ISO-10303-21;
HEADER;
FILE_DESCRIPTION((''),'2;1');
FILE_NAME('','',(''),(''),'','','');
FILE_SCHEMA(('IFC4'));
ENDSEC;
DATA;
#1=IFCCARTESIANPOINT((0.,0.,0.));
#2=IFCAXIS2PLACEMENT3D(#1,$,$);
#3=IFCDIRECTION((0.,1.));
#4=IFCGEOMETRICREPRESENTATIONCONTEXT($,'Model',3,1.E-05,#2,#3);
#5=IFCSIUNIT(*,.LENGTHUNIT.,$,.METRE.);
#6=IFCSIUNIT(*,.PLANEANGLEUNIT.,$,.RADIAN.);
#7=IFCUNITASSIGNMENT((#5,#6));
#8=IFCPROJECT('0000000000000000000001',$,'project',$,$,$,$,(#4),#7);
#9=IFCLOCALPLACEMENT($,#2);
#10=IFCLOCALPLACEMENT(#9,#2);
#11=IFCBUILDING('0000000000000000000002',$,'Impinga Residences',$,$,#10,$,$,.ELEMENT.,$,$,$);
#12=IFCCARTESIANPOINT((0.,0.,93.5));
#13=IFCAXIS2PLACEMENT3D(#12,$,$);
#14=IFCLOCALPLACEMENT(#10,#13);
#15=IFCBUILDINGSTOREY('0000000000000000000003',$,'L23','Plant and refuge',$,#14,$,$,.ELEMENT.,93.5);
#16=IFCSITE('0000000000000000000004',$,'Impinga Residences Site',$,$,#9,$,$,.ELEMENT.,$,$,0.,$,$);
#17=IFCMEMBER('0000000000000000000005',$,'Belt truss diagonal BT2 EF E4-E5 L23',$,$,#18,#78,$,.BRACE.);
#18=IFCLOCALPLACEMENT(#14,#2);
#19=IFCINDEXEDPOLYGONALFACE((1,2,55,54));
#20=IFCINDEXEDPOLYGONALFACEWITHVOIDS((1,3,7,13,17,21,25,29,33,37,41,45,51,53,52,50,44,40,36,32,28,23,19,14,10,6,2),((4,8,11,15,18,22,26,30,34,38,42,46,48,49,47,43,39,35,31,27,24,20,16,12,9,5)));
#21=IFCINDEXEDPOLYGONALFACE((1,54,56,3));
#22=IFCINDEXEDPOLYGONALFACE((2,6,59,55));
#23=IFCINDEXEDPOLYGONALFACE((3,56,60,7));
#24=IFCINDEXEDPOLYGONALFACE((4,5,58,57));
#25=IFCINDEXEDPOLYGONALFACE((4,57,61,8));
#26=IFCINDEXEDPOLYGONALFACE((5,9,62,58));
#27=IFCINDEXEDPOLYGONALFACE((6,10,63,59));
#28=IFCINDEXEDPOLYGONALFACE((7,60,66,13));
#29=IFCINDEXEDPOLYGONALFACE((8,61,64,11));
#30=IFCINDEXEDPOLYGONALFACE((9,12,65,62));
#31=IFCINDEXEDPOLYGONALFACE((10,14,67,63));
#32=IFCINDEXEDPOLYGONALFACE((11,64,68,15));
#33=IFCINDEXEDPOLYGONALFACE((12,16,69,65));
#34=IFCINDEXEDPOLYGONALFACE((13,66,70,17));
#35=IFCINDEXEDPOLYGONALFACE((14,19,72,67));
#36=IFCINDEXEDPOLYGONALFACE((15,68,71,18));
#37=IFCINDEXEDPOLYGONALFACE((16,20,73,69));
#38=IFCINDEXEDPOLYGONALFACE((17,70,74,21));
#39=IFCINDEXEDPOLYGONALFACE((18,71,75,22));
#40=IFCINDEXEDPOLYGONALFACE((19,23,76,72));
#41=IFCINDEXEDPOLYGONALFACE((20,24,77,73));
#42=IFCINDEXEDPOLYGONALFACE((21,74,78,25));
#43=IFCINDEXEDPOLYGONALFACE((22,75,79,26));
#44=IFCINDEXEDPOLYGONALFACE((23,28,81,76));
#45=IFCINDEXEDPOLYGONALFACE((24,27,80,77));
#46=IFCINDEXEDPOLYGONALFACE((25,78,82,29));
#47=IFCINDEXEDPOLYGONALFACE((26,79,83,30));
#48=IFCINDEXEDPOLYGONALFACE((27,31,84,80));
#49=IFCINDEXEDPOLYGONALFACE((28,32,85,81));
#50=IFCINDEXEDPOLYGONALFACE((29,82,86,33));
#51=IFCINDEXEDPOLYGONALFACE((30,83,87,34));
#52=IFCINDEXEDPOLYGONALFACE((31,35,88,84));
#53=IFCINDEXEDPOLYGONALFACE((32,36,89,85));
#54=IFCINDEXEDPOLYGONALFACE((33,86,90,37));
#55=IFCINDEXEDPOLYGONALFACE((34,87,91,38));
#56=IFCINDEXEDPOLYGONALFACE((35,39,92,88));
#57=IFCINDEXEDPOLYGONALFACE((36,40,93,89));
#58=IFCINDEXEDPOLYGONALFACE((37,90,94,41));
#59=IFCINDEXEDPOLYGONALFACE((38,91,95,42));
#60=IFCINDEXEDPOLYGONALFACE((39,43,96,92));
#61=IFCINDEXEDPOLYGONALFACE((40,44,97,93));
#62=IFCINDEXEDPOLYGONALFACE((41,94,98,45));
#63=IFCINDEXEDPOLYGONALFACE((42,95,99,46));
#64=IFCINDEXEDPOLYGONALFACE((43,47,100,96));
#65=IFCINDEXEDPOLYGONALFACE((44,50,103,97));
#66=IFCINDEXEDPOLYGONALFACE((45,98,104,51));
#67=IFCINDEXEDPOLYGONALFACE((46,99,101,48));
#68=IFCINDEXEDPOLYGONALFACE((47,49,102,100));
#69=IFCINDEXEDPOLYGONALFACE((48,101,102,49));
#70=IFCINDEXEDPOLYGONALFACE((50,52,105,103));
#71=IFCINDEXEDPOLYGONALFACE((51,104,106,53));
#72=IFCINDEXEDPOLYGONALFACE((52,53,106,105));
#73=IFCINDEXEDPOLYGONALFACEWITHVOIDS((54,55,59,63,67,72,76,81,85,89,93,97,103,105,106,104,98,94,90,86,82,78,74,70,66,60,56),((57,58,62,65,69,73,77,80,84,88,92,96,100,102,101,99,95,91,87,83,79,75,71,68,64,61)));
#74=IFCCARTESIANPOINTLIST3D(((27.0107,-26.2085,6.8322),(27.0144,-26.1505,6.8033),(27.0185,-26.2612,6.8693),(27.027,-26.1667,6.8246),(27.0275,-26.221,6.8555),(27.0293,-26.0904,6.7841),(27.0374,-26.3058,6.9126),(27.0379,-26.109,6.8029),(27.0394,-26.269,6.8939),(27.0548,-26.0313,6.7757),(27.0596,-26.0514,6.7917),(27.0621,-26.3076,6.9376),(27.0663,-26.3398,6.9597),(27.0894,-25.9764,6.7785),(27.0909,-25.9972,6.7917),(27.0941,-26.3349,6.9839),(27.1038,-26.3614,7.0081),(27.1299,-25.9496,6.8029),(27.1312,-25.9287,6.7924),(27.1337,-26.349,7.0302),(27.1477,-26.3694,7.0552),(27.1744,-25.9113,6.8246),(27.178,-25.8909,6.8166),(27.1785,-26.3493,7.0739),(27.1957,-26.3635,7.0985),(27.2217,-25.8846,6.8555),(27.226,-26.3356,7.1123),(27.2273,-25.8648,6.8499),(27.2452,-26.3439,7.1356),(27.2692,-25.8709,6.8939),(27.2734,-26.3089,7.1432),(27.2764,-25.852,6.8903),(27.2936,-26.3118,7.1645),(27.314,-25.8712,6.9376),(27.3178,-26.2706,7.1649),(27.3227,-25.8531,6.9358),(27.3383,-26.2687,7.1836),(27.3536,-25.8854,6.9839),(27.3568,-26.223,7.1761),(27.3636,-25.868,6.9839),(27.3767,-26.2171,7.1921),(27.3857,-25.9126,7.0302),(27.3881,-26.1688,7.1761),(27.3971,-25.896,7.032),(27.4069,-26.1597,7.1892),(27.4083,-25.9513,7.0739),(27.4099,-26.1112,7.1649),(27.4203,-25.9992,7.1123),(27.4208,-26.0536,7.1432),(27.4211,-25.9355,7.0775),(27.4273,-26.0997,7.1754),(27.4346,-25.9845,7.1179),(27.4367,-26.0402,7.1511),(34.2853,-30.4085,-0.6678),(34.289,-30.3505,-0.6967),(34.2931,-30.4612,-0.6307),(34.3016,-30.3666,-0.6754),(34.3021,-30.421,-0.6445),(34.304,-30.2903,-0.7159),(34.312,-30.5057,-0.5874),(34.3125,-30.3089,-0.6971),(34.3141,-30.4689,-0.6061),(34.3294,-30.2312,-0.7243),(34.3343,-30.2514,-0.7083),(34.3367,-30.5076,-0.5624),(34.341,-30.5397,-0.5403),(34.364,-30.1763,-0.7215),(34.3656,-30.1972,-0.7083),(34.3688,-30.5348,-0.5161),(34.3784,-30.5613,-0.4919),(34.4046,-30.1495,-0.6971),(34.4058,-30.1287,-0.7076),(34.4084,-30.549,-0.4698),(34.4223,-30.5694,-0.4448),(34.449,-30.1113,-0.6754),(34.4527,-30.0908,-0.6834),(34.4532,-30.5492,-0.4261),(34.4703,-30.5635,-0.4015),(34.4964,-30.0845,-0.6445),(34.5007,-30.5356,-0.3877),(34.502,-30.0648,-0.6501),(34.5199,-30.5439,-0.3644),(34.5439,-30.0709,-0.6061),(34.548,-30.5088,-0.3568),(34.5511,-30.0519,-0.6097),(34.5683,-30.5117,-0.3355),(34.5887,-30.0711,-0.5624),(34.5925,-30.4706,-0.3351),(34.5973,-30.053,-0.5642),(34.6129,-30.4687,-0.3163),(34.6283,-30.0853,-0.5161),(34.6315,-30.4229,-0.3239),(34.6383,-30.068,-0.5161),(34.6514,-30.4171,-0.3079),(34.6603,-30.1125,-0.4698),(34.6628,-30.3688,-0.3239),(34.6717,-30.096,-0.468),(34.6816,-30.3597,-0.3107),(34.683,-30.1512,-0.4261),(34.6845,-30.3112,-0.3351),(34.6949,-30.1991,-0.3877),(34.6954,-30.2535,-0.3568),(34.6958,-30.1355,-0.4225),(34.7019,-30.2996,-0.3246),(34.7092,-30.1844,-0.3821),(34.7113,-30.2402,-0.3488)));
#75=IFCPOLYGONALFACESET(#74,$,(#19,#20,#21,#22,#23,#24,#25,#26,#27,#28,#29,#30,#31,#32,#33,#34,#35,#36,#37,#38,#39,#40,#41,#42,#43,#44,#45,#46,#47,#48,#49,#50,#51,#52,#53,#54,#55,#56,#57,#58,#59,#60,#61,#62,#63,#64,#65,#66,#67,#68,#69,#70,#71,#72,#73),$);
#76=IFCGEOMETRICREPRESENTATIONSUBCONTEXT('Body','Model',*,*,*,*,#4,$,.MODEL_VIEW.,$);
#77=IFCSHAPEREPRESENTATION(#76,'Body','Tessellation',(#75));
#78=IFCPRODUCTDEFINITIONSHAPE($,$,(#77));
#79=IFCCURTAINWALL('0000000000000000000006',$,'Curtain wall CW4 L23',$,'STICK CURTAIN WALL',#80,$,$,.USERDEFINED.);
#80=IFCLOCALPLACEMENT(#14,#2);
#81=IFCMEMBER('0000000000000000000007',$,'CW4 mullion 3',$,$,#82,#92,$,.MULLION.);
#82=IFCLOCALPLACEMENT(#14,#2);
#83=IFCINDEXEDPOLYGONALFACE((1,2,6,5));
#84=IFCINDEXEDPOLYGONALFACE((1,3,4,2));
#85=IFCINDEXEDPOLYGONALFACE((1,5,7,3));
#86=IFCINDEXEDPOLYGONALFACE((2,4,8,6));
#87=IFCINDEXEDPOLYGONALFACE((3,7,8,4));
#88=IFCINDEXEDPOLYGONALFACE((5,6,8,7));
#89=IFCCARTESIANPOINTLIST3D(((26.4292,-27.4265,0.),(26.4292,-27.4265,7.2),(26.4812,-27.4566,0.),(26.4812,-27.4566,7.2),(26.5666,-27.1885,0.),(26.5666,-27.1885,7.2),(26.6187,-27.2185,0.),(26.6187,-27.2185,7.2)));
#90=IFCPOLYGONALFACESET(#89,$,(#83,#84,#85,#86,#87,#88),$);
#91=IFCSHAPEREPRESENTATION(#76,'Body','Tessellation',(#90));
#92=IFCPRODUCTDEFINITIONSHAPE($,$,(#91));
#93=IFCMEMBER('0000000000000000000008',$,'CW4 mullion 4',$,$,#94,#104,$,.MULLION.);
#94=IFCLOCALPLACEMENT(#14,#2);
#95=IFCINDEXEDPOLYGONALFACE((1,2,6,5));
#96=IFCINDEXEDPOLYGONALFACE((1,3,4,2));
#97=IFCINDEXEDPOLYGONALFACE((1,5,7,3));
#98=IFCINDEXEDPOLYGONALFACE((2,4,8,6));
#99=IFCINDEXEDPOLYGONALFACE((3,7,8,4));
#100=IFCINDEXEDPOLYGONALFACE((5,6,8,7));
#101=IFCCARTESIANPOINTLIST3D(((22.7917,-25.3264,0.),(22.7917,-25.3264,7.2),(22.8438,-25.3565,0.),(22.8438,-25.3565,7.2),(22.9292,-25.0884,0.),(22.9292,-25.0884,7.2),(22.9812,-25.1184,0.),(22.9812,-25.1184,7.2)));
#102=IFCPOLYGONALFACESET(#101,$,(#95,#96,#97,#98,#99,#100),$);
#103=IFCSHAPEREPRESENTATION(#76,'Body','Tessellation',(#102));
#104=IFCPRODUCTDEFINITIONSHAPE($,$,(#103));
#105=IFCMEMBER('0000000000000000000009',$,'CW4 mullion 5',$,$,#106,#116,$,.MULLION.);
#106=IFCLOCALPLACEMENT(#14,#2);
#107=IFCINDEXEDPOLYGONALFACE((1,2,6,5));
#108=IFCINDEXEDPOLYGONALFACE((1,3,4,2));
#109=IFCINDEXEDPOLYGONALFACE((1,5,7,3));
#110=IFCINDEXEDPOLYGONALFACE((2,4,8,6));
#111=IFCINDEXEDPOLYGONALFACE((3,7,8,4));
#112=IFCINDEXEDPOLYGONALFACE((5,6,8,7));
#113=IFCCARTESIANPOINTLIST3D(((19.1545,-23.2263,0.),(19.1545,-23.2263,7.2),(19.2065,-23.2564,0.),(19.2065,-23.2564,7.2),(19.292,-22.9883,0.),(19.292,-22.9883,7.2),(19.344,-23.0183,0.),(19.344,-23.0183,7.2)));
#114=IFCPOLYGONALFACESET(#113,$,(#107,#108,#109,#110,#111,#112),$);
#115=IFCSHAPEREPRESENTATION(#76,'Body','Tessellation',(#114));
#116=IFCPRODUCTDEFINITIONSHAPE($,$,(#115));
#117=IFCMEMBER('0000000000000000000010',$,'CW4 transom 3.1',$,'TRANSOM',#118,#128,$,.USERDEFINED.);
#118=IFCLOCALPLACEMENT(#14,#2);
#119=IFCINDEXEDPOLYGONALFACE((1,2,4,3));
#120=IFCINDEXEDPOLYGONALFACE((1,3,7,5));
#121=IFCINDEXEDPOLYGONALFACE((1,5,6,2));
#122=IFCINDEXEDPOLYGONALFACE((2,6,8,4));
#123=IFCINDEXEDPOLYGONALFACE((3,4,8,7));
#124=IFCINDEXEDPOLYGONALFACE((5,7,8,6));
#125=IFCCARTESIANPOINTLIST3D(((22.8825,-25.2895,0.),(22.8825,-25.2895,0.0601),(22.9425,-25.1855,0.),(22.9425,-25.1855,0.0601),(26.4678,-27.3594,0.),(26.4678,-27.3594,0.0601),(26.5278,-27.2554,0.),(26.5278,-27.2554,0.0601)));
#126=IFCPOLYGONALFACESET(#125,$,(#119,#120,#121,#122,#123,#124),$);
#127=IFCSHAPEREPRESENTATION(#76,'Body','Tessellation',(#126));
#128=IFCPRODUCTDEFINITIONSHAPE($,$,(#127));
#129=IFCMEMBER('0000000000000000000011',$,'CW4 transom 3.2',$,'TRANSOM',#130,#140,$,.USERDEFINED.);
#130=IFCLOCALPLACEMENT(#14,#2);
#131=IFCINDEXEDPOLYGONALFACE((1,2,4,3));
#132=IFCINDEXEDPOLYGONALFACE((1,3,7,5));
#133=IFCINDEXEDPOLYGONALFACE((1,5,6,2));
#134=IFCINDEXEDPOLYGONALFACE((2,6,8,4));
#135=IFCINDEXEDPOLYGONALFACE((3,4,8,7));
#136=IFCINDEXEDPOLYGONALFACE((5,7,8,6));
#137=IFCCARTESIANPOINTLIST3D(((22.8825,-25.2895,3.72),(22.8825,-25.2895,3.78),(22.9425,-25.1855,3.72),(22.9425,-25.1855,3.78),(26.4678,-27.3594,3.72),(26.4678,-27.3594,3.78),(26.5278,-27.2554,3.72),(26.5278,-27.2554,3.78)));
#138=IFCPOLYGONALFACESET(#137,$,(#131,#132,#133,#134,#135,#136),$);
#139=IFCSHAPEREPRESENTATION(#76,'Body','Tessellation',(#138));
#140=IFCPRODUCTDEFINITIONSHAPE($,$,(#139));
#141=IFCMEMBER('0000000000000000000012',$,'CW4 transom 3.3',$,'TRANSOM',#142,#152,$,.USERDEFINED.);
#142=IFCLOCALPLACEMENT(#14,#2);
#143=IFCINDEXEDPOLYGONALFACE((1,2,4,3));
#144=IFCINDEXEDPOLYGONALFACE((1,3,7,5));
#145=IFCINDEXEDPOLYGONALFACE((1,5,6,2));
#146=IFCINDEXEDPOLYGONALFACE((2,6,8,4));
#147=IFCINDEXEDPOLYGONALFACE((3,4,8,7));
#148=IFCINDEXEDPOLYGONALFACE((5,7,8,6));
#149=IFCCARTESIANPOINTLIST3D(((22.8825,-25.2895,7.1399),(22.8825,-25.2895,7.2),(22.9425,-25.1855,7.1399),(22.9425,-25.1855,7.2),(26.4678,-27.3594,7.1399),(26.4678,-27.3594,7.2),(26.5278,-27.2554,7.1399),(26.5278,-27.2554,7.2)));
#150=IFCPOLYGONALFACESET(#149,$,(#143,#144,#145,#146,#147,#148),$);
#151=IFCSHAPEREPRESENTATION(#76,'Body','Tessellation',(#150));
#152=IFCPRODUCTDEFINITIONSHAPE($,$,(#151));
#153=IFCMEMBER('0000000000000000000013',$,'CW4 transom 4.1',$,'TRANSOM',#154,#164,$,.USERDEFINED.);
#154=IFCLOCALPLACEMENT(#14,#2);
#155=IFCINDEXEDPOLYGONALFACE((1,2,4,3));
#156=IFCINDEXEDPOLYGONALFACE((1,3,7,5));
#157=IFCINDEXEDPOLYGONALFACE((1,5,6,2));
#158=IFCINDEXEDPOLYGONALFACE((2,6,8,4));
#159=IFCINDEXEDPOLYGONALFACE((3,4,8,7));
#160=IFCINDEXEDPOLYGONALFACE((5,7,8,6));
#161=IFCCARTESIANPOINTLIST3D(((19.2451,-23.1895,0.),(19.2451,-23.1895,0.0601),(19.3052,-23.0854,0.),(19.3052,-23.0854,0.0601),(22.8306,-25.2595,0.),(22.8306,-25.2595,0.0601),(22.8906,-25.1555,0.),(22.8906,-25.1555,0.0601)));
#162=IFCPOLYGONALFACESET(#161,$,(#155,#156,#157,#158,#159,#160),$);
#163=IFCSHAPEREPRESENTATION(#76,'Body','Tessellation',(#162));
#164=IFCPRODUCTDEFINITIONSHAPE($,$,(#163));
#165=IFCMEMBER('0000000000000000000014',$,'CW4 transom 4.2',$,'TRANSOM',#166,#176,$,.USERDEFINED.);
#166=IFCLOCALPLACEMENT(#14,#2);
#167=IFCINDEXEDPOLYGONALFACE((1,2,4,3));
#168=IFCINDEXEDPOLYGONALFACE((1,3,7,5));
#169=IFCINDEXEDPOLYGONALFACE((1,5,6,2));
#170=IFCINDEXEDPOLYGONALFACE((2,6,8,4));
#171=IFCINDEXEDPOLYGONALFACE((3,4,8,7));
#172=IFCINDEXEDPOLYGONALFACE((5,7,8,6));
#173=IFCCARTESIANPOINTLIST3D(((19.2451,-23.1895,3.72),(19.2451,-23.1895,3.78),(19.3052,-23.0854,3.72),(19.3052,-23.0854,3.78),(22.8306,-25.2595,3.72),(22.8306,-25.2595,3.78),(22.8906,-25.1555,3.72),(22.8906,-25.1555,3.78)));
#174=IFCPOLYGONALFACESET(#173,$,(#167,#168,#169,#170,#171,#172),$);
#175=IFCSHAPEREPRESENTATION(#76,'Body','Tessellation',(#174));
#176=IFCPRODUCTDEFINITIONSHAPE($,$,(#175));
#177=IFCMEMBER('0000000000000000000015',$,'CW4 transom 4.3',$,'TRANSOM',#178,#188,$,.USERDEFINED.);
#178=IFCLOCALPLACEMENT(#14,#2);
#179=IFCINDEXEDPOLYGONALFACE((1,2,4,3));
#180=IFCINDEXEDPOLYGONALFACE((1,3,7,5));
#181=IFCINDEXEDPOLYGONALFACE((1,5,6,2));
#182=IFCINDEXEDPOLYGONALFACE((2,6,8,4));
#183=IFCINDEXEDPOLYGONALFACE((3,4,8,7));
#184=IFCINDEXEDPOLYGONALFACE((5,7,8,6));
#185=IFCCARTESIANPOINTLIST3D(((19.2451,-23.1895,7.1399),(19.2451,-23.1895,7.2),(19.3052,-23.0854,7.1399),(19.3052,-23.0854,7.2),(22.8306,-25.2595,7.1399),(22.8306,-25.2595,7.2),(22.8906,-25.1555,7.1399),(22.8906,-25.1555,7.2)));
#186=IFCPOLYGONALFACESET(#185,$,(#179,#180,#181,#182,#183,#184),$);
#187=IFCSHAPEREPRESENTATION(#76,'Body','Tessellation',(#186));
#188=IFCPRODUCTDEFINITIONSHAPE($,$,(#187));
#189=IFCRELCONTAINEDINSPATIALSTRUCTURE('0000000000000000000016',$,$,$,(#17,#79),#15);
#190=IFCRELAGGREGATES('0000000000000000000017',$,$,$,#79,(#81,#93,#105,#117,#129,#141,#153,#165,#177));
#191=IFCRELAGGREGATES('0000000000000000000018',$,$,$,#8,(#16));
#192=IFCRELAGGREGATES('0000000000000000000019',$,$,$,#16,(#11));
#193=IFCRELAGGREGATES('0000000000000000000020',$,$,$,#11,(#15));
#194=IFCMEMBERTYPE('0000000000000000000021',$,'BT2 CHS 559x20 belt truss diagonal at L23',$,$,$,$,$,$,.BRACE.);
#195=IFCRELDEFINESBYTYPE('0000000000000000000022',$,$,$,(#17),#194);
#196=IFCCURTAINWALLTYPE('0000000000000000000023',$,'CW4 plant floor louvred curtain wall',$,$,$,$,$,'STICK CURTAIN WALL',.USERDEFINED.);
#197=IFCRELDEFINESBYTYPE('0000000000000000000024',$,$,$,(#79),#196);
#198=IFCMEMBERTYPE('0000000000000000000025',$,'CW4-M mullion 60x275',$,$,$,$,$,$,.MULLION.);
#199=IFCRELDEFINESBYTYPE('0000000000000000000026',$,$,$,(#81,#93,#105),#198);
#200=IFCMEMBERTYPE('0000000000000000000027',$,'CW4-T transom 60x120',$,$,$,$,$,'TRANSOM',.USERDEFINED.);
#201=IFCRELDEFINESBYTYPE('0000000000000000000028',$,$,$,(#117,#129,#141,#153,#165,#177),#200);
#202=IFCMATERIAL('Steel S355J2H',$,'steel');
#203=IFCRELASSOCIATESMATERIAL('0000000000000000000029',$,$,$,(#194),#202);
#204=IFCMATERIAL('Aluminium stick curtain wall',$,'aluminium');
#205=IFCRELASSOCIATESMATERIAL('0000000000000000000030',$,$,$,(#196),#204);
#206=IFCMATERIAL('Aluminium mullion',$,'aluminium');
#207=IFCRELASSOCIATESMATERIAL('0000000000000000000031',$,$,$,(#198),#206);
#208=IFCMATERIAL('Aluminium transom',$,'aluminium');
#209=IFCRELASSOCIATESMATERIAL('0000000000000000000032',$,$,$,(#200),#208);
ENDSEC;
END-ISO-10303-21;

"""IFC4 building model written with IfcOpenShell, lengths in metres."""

from ifc_helpers import new_model, si_unit, direction, frame, origin, origin_2d, place, context, subcontext, project, spatial, rectangle, hollow_circle, extrude, material, material_profile, profile_set, type_object, element, aggregate, save


model = new_model("IFC4")

# Units and contexts
model_context = context("Model", 3, precision=1e-05, world=origin(), true_north=direction((0.0, 1.0)))
body_context = subcontext(model_context, "Body", "Model", "MODEL_VIEW")
ifc_project = project(units=[si_unit("LENGTHUNIT", "METRE"), si_unit("PLANEANGLEUNIT", "RADIAN")], contexts=[model_context])

# Site, building, storey
site_placement = place(None, origin())
site = spatial("IfcSite", under=ifc_project, at=site_placement, Name="Impinga Residences Site", CompositionType="ELEMENT", RefElevation=0.0)
building_placement = place(site_placement, origin())
building = spatial("IfcBuilding", under=site, at=building_placement, Name="Impinga Residences", CompositionType="ELEMENT")
storey_placement = place(building_placement, frame((0.0, 0.0, 93.5)))
storey = spatial("IfcBuildingStorey", under=building, at=storey_placement, Name="L23", Description="Plant and refuge", CompositionType="ELEMENT", Elevation=93.5)

# Member
ifc_material_1 = material(Name="Steel S355J2H", Category="steel")
ifc_material_profile_1 = material_profile(ifc_material_1, hollow_circle(Radius=0.2795, WallThickness=0.02, at=origin_2d()), Name="CHS 559x20")
ifc_profile_set_1 = profile_set([ifc_material_profile_1], Name="Steel S355J2H")
member_type_1 = type_object("IfcMemberType", Name="BT2 CHS 559x20 belt truss diagonal at L23", PredefinedType="BRACE", material=ifc_profile_set_1)
member_1_placement = place(storey_placement, frame((27.2239, -26.1101, 6.9839), z_axis=(0.646004, -0.372964, -0.666015), x_axis=(0.499993, 0.866029, 0.0)))
element("IfcMember", 1, at=member_1_placement, inside=storey, type_object=member_type_1, Name="Belt truss diagonal BT2 EF E4-E5 L23", PredefinedType="BRACE", context=body_context, shape_type="SweptSolid", body=[
    extrude(hollow_circle(Radius=0.2795, WallThickness=0.02, at=origin_2d()), origin(), (0.0, 0.0, 1.0), 11.261),
])

# Curtain wall, members
ifc_material_2 = material(Name="Aluminium stick curtain wall", Category="aluminium")
curtain_wall_type = type_object("IfcCurtainWallType", Name="CW4 plant floor louvred curtain wall", ElementType="STICK CURTAIN WALL", PredefinedType="USERDEFINED", material=ifc_material_2)
curtain_wall_placement = place(storey_placement, origin())
curtain_wall = element("IfcCurtainWall", 2, at=curtain_wall_placement, inside=storey, type_object=curtain_wall_type, Name="Curtain wall CW4 L23", ObjectType="STICK CURTAIN WALL", PredefinedType="USERDEFINED")
ifc_material_3 = material(Name="Aluminium mullion", Category="aluminium")
ifc_material_profile_2 = material_profile(ifc_material_3, rectangle(XDim=0.0601, YDim=0.2749, at=origin_2d()), Name="60x275 mullion")
ifc_profile_set_2 = profile_set([ifc_material_profile_2], Name="Aluminium mullion")
member_type_2 = type_object("IfcMemberType", Name="CW4-M mullion 60x275", PredefinedType="MULLION", material=ifc_profile_set_2)
member_2_placement = place(storey_placement, frame((26.5239, -27.3225, 0.0), z_axis=(0.0, 0.0, 1.0), x_axis=(-0.866025, 0.5, 0.0)))
member_2 = element("IfcMember", 3, at=member_2_placement, type_object=member_type_2, Name="CW4 mullion 3", PredefinedType="MULLION", context=body_context, shape_type="SweptSolid", body=[
    extrude(rectangle(XDim=0.0601, YDim=0.2749, at=origin_2d()), origin(), (0.0, 0.0, 1.0), 7.2),
])
member_3_placement = place(storey_placement, frame((22.8865, -25.2224, 0.0), z_axis=(0.0, 0.0, 1.0), x_axis=(-0.866025, 0.5, 0.0)))
member_3 = element("IfcMember", 4, at=member_3_placement, type_object=member_type_2, Name="CW4 mullion 4", PredefinedType="MULLION", context=body_context, shape_type="SweptSolid", body=[
    extrude(rectangle(XDim=0.0601, YDim=0.2749, at=origin_2d()), origin(), (0.0, 0.0, 1.0), 7.2),
])
member_4_placement = place(storey_placement, frame((19.2493, -23.1223, 0.0), z_axis=(0.0, 0.0, 1.0), x_axis=(-0.866025, 0.5, 0.0)))
member_4 = element("IfcMember", 5, at=member_4_placement, type_object=member_type_2, Name="CW4 mullion 5", PredefinedType="MULLION", context=body_context, shape_type="SweptSolid", body=[
    extrude(rectangle(XDim=0.0601, YDim=0.2749, at=origin_2d()), origin(), (0.0, 0.0, 1.0), 7.2),
])
ifc_material_4 = material(Name="Aluminium transom", Category="aluminium")
ifc_material_profile_3 = material_profile(ifc_material_4, rectangle(XDim=0.0601, YDim=0.1201, at=origin_2d()), Name="60x120 transom")
ifc_profile_set_3 = profile_set([ifc_material_profile_3], Name="Aluminium transom")
member_type_3 = type_object("IfcMemberType", Name="CW4-T transom 60x120", ElementType="TRANSOM", PredefinedType="USERDEFINED", material=ifc_profile_set_3)
member_5_placement = place(storey_placement, frame((26.4978, -27.3074, 0.03), z_axis=(-0.866035, 0.499983, 0.0), x_axis=(0.0, 0.0, 1.0)))
member_5 = element("IfcMember", 6, at=member_5_placement, type_object=member_type_3, Name="CW4 transom 3.1", ObjectType="TRANSOM", PredefinedType="USERDEFINED", context=body_context, shape_type="SweptSolid", body=[
    extrude(rectangle(XDim=0.0601, YDim=0.1201, at=origin_2d()), origin(), (0.0, 0.0, 1.0), 4.1399),
])
member_6_placement = place(storey_placement, frame((26.4978, -27.3074, 3.75), z_axis=(-0.866035, 0.499983, 0.0), x_axis=(0.0, 0.0, 1.0)))
member_6 = element("IfcMember", 7, at=member_6_placement, type_object=member_type_3, Name="CW4 transom 3.2", ObjectType="TRANSOM", PredefinedType="USERDEFINED", context=body_context, shape_type="SweptSolid", body=[
    extrude(rectangle(XDim=0.0601, YDim=0.1201, at=origin_2d()), origin(), (0.0, 0.0, 1.0), 4.1399),
])
member_7_placement = place(storey_placement, frame((26.4978, -27.3074, 7.1699), z_axis=(-0.866035, 0.499983, 0.0), x_axis=(0.0, 0.0, 1.0)))
member_7 = element("IfcMember", 8, at=member_7_placement, type_object=member_type_3, Name="CW4 transom 3.3", ObjectType="TRANSOM", PredefinedType="USERDEFINED", context=body_context, shape_type="SweptSolid", body=[
    extrude(rectangle(XDim=0.0601, YDim=0.1201, at=origin_2d()), origin(), (0.0, 0.0, 1.0), 4.1399),
])
member_8_placement = place(storey_placement, frame((22.8606, -25.2075, 0.03), z_axis=(-0.866025, 0.500002, 0.0), x_axis=(0.0, 0.0, 1.0)))
member_8 = element("IfcMember", 9, at=member_8_placement, type_object=member_type_3, Name="CW4 transom 4.1", ObjectType="TRANSOM", PredefinedType="USERDEFINED", context=body_context, shape_type="SweptSolid", body=[
    extrude(rectangle(XDim=0.0601, YDim=0.1201, at=origin_2d()), origin(), (0.0, 0.0, 1.0), 4.1401),
])
member_9_placement = place(storey_placement, frame((22.8606, -25.2075, 3.75), z_axis=(-0.866025, 0.500002, 0.0), x_axis=(0.0, 0.0, 1.0)))
member_9 = element("IfcMember", 10, at=member_9_placement, type_object=member_type_3, Name="CW4 transom 4.2", ObjectType="TRANSOM", PredefinedType="USERDEFINED", context=body_context, shape_type="SweptSolid", body=[
    extrude(rectangle(XDim=0.0601, YDim=0.1201, at=origin_2d()), origin(), (0.0, 0.0, 1.0), 4.1401),
])
member_10_placement = place(storey_placement, frame((22.8606, -25.2075, 7.1699), z_axis=(-0.866025, 0.500002, 0.0), x_axis=(0.0, 0.0, 1.0)))
member_10 = element("IfcMember", 11, at=member_10_placement, type_object=member_type_3, Name="CW4 transom 4.3", ObjectType="TRANSOM", PredefinedType="USERDEFINED", context=body_context, shape_type="SweptSolid", body=[
    extrude(rectangle(XDim=0.0601, YDim=0.1201, at=origin_2d()), origin(), (0.0, 0.0, 1.0), 4.1401),
])
aggregate(curtain_wall, [member_2, member_3, member_4, member_5, member_6, member_7, member_8, member_9, member_10])

save(model, "model.ifc")
